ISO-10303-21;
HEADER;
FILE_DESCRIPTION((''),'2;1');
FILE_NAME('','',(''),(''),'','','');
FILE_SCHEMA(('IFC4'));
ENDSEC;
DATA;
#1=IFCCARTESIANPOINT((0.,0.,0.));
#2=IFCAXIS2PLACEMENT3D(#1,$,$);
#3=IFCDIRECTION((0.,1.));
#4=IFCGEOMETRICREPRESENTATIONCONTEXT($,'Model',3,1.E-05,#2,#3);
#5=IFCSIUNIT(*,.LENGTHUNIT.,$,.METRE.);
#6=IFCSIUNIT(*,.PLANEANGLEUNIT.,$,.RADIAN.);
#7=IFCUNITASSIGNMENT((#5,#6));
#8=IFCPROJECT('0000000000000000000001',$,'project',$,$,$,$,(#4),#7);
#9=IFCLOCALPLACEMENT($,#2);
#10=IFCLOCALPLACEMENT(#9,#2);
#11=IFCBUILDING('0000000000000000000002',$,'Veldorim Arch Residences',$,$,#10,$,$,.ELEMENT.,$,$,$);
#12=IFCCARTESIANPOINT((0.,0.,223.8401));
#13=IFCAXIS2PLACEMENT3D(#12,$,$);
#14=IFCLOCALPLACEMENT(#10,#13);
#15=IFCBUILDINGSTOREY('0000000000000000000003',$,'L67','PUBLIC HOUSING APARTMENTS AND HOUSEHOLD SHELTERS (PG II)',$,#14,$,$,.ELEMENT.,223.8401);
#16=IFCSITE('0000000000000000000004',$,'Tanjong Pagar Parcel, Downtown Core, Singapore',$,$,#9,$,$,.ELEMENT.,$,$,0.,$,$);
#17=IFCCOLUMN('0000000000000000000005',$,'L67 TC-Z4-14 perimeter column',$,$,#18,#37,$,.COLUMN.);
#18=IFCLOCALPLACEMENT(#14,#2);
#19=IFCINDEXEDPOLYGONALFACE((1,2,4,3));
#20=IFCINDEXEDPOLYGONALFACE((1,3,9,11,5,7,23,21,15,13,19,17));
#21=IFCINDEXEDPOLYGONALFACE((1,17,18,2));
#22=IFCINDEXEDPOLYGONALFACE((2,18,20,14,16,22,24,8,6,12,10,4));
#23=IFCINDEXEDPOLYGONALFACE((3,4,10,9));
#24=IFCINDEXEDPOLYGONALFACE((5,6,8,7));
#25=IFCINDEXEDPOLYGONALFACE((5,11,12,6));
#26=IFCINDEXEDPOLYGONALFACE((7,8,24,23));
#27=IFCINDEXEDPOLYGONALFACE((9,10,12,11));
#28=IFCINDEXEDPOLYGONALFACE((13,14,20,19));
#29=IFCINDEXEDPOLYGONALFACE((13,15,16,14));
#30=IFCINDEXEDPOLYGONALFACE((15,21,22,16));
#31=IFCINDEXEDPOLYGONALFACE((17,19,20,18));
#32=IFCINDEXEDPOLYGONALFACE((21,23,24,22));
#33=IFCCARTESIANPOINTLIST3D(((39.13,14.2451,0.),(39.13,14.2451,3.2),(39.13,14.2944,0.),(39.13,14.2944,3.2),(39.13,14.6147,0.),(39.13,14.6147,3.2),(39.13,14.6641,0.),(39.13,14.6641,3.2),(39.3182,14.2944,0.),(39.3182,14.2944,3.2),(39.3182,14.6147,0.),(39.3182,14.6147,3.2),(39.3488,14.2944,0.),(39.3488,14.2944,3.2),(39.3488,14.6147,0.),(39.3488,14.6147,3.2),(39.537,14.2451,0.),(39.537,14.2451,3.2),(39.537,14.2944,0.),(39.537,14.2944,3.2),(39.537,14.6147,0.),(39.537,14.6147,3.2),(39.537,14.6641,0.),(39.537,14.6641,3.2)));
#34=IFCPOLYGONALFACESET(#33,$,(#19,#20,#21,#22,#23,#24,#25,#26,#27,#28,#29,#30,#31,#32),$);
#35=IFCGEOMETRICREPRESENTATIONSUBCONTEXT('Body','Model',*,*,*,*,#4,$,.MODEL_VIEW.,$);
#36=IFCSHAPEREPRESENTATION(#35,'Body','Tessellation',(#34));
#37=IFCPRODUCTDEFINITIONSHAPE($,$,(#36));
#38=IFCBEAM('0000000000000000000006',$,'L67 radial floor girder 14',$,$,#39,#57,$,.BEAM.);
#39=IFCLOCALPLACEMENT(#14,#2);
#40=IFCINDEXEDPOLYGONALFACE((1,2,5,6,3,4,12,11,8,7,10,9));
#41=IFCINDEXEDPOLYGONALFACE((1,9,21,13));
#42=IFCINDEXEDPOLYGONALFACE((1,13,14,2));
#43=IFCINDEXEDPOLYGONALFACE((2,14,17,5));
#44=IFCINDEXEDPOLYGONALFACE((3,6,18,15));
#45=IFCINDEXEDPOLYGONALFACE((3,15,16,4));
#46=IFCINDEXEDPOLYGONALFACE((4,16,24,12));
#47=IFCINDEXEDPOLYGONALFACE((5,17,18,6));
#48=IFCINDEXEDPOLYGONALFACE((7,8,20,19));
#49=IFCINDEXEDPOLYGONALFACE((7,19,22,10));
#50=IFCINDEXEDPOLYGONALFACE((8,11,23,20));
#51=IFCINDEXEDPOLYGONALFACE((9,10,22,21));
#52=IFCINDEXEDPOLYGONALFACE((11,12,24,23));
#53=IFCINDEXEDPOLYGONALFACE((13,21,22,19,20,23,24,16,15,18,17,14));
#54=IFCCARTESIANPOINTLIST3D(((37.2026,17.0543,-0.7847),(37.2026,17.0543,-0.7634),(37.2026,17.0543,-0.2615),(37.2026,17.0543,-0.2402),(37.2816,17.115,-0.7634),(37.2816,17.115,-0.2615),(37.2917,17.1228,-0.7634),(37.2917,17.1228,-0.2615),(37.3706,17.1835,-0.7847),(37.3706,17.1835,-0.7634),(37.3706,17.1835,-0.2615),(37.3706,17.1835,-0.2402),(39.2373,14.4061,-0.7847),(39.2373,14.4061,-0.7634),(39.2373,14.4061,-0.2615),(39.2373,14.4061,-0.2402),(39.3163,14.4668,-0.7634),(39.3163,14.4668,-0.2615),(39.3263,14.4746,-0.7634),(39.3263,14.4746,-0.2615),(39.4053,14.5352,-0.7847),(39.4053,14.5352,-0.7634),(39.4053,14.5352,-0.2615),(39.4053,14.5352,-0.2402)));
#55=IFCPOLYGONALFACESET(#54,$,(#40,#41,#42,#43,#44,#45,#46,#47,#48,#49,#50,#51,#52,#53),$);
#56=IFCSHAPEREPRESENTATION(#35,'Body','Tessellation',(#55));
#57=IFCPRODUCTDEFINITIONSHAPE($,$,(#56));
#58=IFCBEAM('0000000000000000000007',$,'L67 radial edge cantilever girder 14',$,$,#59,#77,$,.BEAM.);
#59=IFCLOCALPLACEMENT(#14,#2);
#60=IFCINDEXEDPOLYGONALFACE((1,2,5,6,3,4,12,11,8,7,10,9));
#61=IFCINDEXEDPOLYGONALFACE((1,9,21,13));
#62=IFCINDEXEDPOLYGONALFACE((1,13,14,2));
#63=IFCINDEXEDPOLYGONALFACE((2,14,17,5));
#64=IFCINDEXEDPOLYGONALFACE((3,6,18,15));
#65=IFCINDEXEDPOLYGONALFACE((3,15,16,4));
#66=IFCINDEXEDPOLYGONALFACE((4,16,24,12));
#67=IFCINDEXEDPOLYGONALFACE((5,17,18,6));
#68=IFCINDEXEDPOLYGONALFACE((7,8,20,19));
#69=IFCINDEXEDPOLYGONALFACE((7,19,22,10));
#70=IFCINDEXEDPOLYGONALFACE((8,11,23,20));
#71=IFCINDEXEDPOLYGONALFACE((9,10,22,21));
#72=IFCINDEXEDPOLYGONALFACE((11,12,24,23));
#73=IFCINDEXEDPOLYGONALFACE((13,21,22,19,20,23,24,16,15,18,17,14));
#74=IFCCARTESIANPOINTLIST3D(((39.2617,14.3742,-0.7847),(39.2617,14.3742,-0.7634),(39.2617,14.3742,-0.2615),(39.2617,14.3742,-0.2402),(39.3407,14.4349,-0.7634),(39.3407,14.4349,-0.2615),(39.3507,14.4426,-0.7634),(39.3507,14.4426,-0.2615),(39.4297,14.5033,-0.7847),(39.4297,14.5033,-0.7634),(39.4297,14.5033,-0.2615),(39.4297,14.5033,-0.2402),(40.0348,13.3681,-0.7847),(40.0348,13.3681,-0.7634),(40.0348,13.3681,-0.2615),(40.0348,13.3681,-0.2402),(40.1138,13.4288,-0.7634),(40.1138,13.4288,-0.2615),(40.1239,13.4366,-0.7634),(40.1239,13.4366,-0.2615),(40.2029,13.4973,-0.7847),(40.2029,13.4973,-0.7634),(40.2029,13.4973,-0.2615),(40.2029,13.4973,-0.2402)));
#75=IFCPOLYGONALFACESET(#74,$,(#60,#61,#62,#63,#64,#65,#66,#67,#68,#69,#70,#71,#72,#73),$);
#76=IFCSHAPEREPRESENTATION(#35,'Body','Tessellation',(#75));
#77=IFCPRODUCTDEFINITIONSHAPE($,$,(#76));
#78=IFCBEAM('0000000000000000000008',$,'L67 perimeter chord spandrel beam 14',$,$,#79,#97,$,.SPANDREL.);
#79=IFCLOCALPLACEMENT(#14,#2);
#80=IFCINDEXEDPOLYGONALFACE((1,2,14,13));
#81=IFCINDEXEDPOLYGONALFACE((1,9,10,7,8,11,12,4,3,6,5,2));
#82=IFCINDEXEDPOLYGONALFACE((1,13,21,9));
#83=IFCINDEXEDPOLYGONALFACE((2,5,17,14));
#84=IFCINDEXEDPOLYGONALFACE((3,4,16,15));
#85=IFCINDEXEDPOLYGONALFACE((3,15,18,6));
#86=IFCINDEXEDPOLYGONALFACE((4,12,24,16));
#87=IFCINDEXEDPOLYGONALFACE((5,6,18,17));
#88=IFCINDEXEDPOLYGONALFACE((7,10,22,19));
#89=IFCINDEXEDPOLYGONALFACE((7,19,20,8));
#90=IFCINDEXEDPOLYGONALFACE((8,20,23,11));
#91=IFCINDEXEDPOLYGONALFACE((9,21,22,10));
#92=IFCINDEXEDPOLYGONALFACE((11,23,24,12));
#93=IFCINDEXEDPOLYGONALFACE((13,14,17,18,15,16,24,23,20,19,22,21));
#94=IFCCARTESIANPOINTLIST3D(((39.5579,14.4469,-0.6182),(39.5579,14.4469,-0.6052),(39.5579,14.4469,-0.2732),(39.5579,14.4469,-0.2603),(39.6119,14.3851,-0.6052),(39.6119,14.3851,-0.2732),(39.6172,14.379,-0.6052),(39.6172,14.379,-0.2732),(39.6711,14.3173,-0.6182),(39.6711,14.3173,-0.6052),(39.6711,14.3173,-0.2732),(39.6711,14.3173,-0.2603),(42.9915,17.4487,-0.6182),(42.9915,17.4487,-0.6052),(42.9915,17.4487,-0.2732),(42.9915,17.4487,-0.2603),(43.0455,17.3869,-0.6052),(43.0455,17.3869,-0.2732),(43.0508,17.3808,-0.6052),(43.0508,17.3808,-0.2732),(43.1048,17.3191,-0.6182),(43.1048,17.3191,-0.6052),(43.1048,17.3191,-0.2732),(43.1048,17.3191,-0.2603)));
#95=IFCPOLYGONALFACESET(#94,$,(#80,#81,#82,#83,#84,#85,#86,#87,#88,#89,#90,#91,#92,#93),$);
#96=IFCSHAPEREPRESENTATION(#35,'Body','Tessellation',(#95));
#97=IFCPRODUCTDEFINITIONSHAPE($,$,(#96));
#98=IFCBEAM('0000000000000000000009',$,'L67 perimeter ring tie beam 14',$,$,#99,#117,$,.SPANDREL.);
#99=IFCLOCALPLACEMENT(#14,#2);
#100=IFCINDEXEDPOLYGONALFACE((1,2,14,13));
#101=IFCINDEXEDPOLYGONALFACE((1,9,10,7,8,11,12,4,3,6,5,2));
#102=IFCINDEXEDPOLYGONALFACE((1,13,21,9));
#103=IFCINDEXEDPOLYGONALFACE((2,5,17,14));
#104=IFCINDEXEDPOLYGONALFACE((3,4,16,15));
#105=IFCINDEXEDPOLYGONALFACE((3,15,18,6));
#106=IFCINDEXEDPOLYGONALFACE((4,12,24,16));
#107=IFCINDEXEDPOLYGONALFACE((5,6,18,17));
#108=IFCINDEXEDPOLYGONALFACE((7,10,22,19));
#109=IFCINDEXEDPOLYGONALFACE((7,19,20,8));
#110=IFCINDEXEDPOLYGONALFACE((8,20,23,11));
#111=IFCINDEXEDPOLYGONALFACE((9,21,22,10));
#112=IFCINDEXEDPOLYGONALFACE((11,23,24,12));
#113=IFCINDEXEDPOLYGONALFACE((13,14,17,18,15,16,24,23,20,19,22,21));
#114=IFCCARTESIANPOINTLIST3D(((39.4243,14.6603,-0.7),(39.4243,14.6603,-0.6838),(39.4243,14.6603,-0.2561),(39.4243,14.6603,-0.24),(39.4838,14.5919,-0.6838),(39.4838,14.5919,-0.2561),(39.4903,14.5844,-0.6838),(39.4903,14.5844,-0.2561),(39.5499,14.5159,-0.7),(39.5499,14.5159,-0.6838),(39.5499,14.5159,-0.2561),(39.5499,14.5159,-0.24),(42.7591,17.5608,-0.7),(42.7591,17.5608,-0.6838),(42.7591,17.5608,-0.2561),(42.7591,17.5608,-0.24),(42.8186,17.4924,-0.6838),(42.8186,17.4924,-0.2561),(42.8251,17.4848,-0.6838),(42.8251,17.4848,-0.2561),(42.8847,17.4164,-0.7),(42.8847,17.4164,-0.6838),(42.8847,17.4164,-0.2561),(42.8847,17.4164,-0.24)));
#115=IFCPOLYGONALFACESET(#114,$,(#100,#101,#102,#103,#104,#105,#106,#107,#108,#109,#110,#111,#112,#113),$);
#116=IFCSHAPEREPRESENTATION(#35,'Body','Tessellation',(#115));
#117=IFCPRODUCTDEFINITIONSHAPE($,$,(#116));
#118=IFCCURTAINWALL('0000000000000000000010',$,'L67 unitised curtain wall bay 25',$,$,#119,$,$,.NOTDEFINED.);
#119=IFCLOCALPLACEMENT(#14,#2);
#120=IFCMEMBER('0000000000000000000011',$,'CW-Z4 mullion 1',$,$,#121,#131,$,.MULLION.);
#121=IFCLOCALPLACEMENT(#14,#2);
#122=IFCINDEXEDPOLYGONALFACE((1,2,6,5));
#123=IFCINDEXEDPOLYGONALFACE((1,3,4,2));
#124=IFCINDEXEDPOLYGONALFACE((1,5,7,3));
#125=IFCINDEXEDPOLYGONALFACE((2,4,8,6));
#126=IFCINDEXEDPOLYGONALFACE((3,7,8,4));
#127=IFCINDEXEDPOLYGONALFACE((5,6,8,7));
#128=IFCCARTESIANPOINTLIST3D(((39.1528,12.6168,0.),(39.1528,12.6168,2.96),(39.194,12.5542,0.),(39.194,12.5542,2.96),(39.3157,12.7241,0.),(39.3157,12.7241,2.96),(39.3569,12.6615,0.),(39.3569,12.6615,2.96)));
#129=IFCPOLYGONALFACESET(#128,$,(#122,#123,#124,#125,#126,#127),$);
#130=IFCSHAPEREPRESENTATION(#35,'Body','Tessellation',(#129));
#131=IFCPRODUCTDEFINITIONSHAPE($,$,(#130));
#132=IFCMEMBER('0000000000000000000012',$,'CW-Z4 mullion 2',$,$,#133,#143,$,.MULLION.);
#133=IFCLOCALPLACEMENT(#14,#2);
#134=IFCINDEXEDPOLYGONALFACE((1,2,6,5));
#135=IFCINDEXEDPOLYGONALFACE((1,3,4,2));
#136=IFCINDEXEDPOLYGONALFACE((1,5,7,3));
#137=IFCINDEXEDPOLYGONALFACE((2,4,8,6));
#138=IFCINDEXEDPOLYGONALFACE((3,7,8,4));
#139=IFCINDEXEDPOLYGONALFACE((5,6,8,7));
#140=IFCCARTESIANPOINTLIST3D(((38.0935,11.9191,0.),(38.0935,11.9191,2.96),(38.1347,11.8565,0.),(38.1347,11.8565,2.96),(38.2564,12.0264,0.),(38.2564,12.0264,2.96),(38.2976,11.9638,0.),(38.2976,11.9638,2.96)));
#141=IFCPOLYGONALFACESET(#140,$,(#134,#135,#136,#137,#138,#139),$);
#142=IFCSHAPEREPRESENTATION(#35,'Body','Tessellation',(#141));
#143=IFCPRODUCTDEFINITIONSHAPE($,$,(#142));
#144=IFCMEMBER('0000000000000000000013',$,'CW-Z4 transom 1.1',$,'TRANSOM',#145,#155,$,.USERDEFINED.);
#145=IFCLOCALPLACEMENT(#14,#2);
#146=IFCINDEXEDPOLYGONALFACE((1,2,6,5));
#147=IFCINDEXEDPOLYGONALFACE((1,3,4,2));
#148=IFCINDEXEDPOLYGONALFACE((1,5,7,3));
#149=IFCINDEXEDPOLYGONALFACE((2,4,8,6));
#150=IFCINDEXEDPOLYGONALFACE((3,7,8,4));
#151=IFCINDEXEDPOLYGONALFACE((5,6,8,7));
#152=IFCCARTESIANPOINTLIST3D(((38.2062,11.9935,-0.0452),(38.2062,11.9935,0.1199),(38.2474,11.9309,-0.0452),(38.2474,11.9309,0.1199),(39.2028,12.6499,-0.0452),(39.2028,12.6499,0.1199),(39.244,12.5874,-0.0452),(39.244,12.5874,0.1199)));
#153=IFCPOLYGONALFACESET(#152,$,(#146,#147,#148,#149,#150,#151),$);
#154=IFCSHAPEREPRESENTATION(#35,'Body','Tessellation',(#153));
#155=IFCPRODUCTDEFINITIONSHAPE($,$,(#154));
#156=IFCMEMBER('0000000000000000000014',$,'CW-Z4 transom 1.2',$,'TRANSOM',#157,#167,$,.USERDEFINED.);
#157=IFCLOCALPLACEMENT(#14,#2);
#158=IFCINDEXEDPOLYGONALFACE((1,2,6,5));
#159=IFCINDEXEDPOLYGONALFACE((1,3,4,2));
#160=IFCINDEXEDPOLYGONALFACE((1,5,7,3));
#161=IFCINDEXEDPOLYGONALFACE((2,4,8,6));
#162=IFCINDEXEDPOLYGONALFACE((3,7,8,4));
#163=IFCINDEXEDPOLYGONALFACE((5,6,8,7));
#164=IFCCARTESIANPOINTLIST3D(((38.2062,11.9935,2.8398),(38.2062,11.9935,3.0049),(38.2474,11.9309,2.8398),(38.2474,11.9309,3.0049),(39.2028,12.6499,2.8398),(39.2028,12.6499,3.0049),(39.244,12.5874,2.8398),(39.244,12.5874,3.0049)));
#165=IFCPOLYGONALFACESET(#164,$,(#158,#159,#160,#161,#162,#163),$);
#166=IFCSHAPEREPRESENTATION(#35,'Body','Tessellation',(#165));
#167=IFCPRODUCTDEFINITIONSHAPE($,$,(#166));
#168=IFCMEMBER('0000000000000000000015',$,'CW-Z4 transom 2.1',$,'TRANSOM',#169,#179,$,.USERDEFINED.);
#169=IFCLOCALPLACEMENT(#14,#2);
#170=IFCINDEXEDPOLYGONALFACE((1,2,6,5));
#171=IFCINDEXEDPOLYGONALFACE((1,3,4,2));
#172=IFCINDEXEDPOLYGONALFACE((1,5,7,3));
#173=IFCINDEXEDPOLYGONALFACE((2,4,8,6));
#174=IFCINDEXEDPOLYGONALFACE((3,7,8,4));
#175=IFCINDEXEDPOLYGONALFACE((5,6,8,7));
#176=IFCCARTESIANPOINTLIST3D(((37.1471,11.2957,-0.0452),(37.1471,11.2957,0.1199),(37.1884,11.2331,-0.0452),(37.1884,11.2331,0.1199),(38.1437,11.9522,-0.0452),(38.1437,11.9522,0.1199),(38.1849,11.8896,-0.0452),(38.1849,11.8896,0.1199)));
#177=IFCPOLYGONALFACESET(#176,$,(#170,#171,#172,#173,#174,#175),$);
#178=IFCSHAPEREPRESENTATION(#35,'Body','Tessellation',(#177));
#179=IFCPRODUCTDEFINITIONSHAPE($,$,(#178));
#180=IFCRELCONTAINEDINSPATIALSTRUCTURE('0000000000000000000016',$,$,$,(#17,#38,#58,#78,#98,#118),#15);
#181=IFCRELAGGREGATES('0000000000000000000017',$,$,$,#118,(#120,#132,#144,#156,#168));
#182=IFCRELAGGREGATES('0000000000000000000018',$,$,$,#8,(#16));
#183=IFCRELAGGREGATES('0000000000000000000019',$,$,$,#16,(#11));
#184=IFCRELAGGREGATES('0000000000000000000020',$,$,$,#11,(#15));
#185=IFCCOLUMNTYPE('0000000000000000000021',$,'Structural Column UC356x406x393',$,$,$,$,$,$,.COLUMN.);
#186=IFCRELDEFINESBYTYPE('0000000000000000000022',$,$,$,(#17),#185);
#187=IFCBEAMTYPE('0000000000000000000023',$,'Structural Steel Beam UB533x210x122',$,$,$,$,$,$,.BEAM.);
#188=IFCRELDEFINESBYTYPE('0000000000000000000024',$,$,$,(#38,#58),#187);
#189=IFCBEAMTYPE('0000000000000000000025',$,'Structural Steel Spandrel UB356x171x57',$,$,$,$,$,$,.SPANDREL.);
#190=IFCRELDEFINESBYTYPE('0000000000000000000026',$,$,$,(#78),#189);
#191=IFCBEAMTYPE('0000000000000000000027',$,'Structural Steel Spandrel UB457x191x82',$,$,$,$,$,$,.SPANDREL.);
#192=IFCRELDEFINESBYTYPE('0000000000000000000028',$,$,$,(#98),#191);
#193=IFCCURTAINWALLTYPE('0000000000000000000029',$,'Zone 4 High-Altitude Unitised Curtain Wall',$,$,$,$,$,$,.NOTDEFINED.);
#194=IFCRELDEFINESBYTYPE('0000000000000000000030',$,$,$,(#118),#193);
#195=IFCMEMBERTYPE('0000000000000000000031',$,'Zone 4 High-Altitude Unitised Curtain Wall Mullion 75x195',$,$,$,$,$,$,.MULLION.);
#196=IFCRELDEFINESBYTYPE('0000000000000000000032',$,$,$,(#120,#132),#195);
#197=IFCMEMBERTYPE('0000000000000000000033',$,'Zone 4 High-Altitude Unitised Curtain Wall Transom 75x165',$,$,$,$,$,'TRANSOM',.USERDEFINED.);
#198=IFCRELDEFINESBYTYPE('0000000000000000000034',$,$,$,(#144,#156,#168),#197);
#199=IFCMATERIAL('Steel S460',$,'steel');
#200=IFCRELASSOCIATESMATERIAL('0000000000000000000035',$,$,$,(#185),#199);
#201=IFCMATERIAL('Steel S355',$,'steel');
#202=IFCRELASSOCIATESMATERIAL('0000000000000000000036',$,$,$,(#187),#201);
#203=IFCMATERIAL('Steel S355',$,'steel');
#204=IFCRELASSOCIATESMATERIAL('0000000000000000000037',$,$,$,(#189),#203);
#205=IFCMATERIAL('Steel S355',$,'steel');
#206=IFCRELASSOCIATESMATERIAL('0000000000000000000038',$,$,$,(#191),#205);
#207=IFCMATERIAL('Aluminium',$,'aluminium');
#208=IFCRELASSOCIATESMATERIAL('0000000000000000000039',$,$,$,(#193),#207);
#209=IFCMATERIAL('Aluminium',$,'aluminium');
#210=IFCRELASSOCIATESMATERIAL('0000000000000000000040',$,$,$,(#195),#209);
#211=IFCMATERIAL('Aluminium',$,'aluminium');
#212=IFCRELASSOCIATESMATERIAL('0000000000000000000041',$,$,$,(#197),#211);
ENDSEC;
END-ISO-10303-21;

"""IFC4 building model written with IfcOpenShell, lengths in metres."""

from ifc_helpers import new_model, si_unit, direction, frame, origin, origin_2d, place, context, subcontext, project, spatial, rectangle, i_section, extrude, material, material_profile, profile_set, type_object, element, aggregate, save


model = new_model("IFC4")

# Units and contexts
model_context = context("Model", 3, precision=1e-05, world=origin(), true_north=direction((0.0, 1.0)))
body_context = subcontext(model_context, "Body", "Model", "MODEL_VIEW")
ifc_project = project(units=[si_unit("LENGTHUNIT", "METRE"), si_unit("PLANEANGLEUNIT", "RADIAN")], contexts=[model_context])

# Site, building, storey
site_placement = place(None, origin())
site = spatial("IfcSite", under=ifc_project, at=site_placement, Name="Tanjong Pagar Parcel, Downtown Core, Singapore", CompositionType="ELEMENT", RefElevation=0.0)
building_placement = place(site_placement, origin())
building = spatial("IfcBuilding", under=site, at=building_placement, Name="Veldorim Arch Residences", CompositionType="ELEMENT")
storey_placement = place(building_placement, frame((0.0, 0.0, 223.8401)))
storey = spatial("IfcBuildingStorey", under=building, at=storey_placement, Name="L67", Description="PUBLIC HOUSING APARTMENTS AND HOUSEHOLD SHELTERS (PG II)", CompositionType="ELEMENT", Elevation=223.8401)

# Column
ifc_material_1 = material(Name="Steel S460", Category="steel")
ifc_material_profile_1 = material_profile(ifc_material_1, i_section(OverallWidth=0.407, OverallDepth=0.4189, WebThickness=0.0305, FlangeThickness=0.0493, at=origin_2d()), Name="UC356x406x393")
ifc_profile_set_1 = profile_set([ifc_material_profile_1], Name="Steel S460")
column_type = type_object("IfcColumnType", Name="Structural Column UC356x406x393", PredefinedType="COLUMN", material=ifc_profile_set_1)
column_placement = place(storey_placement, frame((39.3335, 14.4546, 0.0), z_axis=(0.0, 0.0, 1.0), x_axis=(1.0, 0.0, 0.0)))
element("IfcColumn", 1, at=column_placement, inside=storey, type_object=column_type, Name="L67 TC-Z4-14 perimeter column", PredefinedType="COLUMN", context=body_context, shape_type="SweptSolid", body=[
    extrude(i_section(OverallWidth=0.407, OverallDepth=0.4189, WebThickness=0.0305, FlangeThickness=0.0493, at=origin_2d()), origin(), (0.0, 0.0, 1.0), 3.2),
])

# Beams
ifc_material_2 = material(Name="Steel S355", Category="steel")
ifc_material_profile_2 = material_profile(ifc_material_2, i_section(OverallWidth=0.2119, OverallDepth=0.5444, WebThickness=0.0127, FlangeThickness=0.0212, at=origin_2d()), Name="UB533x210x122")
ifc_profile_set_2 = profile_set([ifc_material_profile_2], Name="Steel S355")
beam_type_1 = type_object("IfcBeamType", Name="Structural Steel Beam UB533x210x122", PredefinedType="BEAM", material=ifc_profile_set_2)
beam_1_placement = place(storey_placement, frame((37.2866, 17.1189, -0.5125), z_axis=(0.609258, -0.792972, 0.0), x_axis=(0.792972, 0.609258, 0.0)))
element("IfcBeam", 2, at=beam_1_placement, inside=storey, type_object=beam_type_1, Name="L67 radial floor girder 14", PredefinedType="BEAM", context=body_context, shape_type="SweptSolid", body=[
    extrude(i_section(OverallWidth=0.2119, OverallDepth=0.5444, WebThickness=0.0127, FlangeThickness=0.0212, at=origin_2d()), origin(), (0.0, 0.0, 1.0), 3.3396),
])
beam_2_placement = place(storey_placement, frame((39.3457, 14.4387, -0.5125), z_axis=(0.609348, -0.792903, 0.0), x_axis=(0.792903, 0.609348, 0.0)))
element("IfcBeam", 3, at=beam_2_placement, inside=storey, type_object=beam_type_1, Name="L67 radial edge cantilever girder 14", PredefinedType="BEAM", context=body_context, shape_type="SweptSolid", body=[
    extrude(i_section(OverallWidth=0.2119, OverallDepth=0.5444, WebThickness=0.0127, FlangeThickness=0.0212, at=origin_2d()), origin(), (0.0, 0.0, 1.0), 1.2688),
])
ifc_material_3 = material(Name="Steel S355", Category="steel")
ifc_material_profile_3 = material_profile(ifc_material_3, i_section(OverallWidth=0.1721, OverallDepth=0.3579, WebThickness=0.0081, FlangeThickness=0.0129, at=origin_2d()), Name="UB356x171x57")
ifc_profile_set_3 = profile_set([ifc_material_profile_3], Name="Steel S355")
beam_type_2 = type_object("IfcBeamType", Name="Structural Steel Spandrel UB356x171x57", PredefinedType="SPANDREL", material=ifc_profile_set_3)
beam_3_placement = place(storey_placement, frame((39.6145, 14.3821, -0.4392), z_axis=(0.752868, 0.658171, 0.0), x_axis=(-0.658171, 0.752868, 0.0)))
element("IfcBeam", 4, at=beam_3_placement, inside=storey, type_object=beam_type_2, Name="L67 perimeter chord spandrel beam 14", PredefinedType="SPANDREL", context=body_context, shape_type="SweptSolid", body=[
    extrude(i_section(OverallWidth=0.1721, OverallDepth=0.3579, WebThickness=0.0081, FlangeThickness=0.0129, at=origin_2d()), origin(), (0.0, 0.0, 1.0), 4.5608),
])
ifc_material_4 = material(Name="Steel S355", Category="steel")
ifc_material_profile_4 = material_profile(ifc_material_4, i_section(OverallWidth=0.1914, OverallDepth=0.46, WebThickness=0.01, FlangeThickness=0.0161, at=origin_2d()), Name="UB457x191x82")
ifc_profile_set_4 = profile_set([ifc_material_profile_4], Name="Steel S355")
beam_type_3 = type_object("IfcBeamType", Name="Structural Steel Spandrel UB457x191x82", PredefinedType="SPANDREL", material=ifc_profile_set_4)
beam_4_placement = place(storey_placement, frame((39.4871, 14.5881, -0.47), z_axis=(0.754534, 0.656261, 0.0), x_axis=(-0.656261, 0.754534, 0.0)))
element("IfcBeam", 5, at=beam_4_placement, inside=storey, type_object=beam_type_3, Name="L67 perimeter ring tie beam 14", PredefinedType="SPANDREL", context=body_context, shape_type="SweptSolid", body=[
    extrude(i_section(OverallWidth=0.1914, OverallDepth=0.46, WebThickness=0.01, FlangeThickness=0.0161, at=origin_2d()), origin(), (0.0, 0.0, 1.0), 4.4197),
])

# Curtain wall, members
ifc_material_5 = material(Name="Aluminium", Category="aluminium")
curtain_wall_type = type_object("IfcCurtainWallType", Name="Zone 4 High-Altitude Unitised Curtain Wall", PredefinedType="NOTDEFINED", material=ifc_material_5)
curtain_wall_placement = place(storey_placement, origin())
curtain_wall = element("IfcCurtainWall", 6, at=curtain_wall_placement, inside=storey, type_object=curtain_wall_type, Name="L67 unitised curtain wall bay 25", PredefinedType="NOTDEFINED")
ifc_material_6 = material(Name="Aluminium", Category="aluminium")
ifc_material_profile_5 = material_profile(ifc_material_6, rectangle(XDim=0.075, YDim=0.1951, at=origin_2d()), Name="ALU_MUL_75x195")
ifc_profile_set_5 = profile_set([ifc_material_profile_5], Name="Aluminium")
member_type_1 = type_object("IfcMemberType", Name="Zone 4 High-Altitude Unitised Curtain Wall Mullion 75x195", PredefinedType="MULLION", material=ifc_profile_set_5)
member_1_placement = place(storey_placement, frame((39.2549, 12.6392, 0.0), z_axis=(0.0, 0.0, 1.0), x_axis=(0.550062, -0.835124, 0.0)))
member_1 = element("IfcMember", 7, at=member_1_placement, type_object=member_type_1, Name="CW-Z4 mullion 1", PredefinedType="MULLION", context=body_context, shape_type="SweptSolid", body=[
    extrude(rectangle(XDim=0.075, YDim=0.1951, at=origin_2d()), origin(), (0.0, 0.0, 1.0), 2.96),
])
member_2_placement = place(storey_placement, frame((38.1956, 11.9414, 0.0), z_axis=(0.0, 0.0, 1.0), x_axis=(0.550062, -0.835124, 0.0)))
member_2 = element("IfcMember", 8, at=member_2_placement, type_object=member_type_1, Name="CW-Z4 mullion 2", PredefinedType="MULLION", context=body_context, shape_type="SweptSolid", body=[
    extrude(rectangle(XDim=0.075, YDim=0.1951, at=origin_2d()), origin(), (0.0, 0.0, 1.0), 2.96),
])
ifc_material_7 = material(Name="Aluminium", Category="aluminium")
ifc_material_profile_6 = material_profile(ifc_material_7, rectangle(XDim=0.075, YDim=0.165, at=origin_2d()), Name="ALU_TRN_75x165")
ifc_profile_set_6 = profile_set([ifc_material_profile_6], Name="Aluminium")
member_type_2 = type_object("IfcMemberType", Name="Zone 4 High-Altitude Unitised Curtain Wall Transom 75x165", ElementType="TRANSOM", PredefinedType="USERDEFINED", material=ifc_profile_set_6)
member_3_placement = place(storey_placement, frame((39.2234, 12.6187, 0.0374), z_axis=(-0.835091, -0.550112, 0.0), x_axis=(0.550112, -0.835091, 0.0)))
member_3 = element("IfcMember", 9, at=member_3_placement, type_object=member_type_2, Name="CW-Z4 transom 1.1", ObjectType="TRANSOM", PredefinedType="USERDEFINED", context=body_context, shape_type="SweptSolid", body=[
    extrude(rectangle(XDim=0.075, YDim=0.165, at=origin_2d()), origin(), (0.0, 0.0, 1.0), 1.1934),
])
member_4_placement = place(storey_placement, frame((39.2234, 12.6187, 2.9224), z_axis=(-0.835091, -0.550112, 0.0), x_axis=(0.550112, -0.835091, 0.0)))
member_4 = element("IfcMember", 10, at=member_4_placement, type_object=member_type_2, Name="CW-Z4 transom 1.2", ObjectType="TRANSOM", PredefinedType="USERDEFINED", context=body_context, shape_type="SweptSolid", body=[
    extrude(rectangle(XDim=0.075, YDim=0.165, at=origin_2d()), origin(), (0.0, 0.0, 1.0), 1.1934),
])
member_5_placement = place(storey_placement, frame((38.1643, 11.9209, 0.0374), z_axis=(-0.835091, -0.550112, 0.0), x_axis=(0.550112, -0.835091, 0.0)))
member_5 = element("IfcMember", 11, at=member_5_placement, type_object=member_type_2, Name="CW-Z4 transom 2.1", ObjectType="TRANSOM", PredefinedType="USERDEFINED", context=body_context, shape_type="SweptSolid", body=[
    extrude(rectangle(XDim=0.075, YDim=0.165, at=origin_2d()), origin(), (0.0, 0.0, 1.0), 1.1934),
])
aggregate(curtain_wall, [member_1, member_2, member_3, member_4, member_5])

save(model, "model.ifc")
